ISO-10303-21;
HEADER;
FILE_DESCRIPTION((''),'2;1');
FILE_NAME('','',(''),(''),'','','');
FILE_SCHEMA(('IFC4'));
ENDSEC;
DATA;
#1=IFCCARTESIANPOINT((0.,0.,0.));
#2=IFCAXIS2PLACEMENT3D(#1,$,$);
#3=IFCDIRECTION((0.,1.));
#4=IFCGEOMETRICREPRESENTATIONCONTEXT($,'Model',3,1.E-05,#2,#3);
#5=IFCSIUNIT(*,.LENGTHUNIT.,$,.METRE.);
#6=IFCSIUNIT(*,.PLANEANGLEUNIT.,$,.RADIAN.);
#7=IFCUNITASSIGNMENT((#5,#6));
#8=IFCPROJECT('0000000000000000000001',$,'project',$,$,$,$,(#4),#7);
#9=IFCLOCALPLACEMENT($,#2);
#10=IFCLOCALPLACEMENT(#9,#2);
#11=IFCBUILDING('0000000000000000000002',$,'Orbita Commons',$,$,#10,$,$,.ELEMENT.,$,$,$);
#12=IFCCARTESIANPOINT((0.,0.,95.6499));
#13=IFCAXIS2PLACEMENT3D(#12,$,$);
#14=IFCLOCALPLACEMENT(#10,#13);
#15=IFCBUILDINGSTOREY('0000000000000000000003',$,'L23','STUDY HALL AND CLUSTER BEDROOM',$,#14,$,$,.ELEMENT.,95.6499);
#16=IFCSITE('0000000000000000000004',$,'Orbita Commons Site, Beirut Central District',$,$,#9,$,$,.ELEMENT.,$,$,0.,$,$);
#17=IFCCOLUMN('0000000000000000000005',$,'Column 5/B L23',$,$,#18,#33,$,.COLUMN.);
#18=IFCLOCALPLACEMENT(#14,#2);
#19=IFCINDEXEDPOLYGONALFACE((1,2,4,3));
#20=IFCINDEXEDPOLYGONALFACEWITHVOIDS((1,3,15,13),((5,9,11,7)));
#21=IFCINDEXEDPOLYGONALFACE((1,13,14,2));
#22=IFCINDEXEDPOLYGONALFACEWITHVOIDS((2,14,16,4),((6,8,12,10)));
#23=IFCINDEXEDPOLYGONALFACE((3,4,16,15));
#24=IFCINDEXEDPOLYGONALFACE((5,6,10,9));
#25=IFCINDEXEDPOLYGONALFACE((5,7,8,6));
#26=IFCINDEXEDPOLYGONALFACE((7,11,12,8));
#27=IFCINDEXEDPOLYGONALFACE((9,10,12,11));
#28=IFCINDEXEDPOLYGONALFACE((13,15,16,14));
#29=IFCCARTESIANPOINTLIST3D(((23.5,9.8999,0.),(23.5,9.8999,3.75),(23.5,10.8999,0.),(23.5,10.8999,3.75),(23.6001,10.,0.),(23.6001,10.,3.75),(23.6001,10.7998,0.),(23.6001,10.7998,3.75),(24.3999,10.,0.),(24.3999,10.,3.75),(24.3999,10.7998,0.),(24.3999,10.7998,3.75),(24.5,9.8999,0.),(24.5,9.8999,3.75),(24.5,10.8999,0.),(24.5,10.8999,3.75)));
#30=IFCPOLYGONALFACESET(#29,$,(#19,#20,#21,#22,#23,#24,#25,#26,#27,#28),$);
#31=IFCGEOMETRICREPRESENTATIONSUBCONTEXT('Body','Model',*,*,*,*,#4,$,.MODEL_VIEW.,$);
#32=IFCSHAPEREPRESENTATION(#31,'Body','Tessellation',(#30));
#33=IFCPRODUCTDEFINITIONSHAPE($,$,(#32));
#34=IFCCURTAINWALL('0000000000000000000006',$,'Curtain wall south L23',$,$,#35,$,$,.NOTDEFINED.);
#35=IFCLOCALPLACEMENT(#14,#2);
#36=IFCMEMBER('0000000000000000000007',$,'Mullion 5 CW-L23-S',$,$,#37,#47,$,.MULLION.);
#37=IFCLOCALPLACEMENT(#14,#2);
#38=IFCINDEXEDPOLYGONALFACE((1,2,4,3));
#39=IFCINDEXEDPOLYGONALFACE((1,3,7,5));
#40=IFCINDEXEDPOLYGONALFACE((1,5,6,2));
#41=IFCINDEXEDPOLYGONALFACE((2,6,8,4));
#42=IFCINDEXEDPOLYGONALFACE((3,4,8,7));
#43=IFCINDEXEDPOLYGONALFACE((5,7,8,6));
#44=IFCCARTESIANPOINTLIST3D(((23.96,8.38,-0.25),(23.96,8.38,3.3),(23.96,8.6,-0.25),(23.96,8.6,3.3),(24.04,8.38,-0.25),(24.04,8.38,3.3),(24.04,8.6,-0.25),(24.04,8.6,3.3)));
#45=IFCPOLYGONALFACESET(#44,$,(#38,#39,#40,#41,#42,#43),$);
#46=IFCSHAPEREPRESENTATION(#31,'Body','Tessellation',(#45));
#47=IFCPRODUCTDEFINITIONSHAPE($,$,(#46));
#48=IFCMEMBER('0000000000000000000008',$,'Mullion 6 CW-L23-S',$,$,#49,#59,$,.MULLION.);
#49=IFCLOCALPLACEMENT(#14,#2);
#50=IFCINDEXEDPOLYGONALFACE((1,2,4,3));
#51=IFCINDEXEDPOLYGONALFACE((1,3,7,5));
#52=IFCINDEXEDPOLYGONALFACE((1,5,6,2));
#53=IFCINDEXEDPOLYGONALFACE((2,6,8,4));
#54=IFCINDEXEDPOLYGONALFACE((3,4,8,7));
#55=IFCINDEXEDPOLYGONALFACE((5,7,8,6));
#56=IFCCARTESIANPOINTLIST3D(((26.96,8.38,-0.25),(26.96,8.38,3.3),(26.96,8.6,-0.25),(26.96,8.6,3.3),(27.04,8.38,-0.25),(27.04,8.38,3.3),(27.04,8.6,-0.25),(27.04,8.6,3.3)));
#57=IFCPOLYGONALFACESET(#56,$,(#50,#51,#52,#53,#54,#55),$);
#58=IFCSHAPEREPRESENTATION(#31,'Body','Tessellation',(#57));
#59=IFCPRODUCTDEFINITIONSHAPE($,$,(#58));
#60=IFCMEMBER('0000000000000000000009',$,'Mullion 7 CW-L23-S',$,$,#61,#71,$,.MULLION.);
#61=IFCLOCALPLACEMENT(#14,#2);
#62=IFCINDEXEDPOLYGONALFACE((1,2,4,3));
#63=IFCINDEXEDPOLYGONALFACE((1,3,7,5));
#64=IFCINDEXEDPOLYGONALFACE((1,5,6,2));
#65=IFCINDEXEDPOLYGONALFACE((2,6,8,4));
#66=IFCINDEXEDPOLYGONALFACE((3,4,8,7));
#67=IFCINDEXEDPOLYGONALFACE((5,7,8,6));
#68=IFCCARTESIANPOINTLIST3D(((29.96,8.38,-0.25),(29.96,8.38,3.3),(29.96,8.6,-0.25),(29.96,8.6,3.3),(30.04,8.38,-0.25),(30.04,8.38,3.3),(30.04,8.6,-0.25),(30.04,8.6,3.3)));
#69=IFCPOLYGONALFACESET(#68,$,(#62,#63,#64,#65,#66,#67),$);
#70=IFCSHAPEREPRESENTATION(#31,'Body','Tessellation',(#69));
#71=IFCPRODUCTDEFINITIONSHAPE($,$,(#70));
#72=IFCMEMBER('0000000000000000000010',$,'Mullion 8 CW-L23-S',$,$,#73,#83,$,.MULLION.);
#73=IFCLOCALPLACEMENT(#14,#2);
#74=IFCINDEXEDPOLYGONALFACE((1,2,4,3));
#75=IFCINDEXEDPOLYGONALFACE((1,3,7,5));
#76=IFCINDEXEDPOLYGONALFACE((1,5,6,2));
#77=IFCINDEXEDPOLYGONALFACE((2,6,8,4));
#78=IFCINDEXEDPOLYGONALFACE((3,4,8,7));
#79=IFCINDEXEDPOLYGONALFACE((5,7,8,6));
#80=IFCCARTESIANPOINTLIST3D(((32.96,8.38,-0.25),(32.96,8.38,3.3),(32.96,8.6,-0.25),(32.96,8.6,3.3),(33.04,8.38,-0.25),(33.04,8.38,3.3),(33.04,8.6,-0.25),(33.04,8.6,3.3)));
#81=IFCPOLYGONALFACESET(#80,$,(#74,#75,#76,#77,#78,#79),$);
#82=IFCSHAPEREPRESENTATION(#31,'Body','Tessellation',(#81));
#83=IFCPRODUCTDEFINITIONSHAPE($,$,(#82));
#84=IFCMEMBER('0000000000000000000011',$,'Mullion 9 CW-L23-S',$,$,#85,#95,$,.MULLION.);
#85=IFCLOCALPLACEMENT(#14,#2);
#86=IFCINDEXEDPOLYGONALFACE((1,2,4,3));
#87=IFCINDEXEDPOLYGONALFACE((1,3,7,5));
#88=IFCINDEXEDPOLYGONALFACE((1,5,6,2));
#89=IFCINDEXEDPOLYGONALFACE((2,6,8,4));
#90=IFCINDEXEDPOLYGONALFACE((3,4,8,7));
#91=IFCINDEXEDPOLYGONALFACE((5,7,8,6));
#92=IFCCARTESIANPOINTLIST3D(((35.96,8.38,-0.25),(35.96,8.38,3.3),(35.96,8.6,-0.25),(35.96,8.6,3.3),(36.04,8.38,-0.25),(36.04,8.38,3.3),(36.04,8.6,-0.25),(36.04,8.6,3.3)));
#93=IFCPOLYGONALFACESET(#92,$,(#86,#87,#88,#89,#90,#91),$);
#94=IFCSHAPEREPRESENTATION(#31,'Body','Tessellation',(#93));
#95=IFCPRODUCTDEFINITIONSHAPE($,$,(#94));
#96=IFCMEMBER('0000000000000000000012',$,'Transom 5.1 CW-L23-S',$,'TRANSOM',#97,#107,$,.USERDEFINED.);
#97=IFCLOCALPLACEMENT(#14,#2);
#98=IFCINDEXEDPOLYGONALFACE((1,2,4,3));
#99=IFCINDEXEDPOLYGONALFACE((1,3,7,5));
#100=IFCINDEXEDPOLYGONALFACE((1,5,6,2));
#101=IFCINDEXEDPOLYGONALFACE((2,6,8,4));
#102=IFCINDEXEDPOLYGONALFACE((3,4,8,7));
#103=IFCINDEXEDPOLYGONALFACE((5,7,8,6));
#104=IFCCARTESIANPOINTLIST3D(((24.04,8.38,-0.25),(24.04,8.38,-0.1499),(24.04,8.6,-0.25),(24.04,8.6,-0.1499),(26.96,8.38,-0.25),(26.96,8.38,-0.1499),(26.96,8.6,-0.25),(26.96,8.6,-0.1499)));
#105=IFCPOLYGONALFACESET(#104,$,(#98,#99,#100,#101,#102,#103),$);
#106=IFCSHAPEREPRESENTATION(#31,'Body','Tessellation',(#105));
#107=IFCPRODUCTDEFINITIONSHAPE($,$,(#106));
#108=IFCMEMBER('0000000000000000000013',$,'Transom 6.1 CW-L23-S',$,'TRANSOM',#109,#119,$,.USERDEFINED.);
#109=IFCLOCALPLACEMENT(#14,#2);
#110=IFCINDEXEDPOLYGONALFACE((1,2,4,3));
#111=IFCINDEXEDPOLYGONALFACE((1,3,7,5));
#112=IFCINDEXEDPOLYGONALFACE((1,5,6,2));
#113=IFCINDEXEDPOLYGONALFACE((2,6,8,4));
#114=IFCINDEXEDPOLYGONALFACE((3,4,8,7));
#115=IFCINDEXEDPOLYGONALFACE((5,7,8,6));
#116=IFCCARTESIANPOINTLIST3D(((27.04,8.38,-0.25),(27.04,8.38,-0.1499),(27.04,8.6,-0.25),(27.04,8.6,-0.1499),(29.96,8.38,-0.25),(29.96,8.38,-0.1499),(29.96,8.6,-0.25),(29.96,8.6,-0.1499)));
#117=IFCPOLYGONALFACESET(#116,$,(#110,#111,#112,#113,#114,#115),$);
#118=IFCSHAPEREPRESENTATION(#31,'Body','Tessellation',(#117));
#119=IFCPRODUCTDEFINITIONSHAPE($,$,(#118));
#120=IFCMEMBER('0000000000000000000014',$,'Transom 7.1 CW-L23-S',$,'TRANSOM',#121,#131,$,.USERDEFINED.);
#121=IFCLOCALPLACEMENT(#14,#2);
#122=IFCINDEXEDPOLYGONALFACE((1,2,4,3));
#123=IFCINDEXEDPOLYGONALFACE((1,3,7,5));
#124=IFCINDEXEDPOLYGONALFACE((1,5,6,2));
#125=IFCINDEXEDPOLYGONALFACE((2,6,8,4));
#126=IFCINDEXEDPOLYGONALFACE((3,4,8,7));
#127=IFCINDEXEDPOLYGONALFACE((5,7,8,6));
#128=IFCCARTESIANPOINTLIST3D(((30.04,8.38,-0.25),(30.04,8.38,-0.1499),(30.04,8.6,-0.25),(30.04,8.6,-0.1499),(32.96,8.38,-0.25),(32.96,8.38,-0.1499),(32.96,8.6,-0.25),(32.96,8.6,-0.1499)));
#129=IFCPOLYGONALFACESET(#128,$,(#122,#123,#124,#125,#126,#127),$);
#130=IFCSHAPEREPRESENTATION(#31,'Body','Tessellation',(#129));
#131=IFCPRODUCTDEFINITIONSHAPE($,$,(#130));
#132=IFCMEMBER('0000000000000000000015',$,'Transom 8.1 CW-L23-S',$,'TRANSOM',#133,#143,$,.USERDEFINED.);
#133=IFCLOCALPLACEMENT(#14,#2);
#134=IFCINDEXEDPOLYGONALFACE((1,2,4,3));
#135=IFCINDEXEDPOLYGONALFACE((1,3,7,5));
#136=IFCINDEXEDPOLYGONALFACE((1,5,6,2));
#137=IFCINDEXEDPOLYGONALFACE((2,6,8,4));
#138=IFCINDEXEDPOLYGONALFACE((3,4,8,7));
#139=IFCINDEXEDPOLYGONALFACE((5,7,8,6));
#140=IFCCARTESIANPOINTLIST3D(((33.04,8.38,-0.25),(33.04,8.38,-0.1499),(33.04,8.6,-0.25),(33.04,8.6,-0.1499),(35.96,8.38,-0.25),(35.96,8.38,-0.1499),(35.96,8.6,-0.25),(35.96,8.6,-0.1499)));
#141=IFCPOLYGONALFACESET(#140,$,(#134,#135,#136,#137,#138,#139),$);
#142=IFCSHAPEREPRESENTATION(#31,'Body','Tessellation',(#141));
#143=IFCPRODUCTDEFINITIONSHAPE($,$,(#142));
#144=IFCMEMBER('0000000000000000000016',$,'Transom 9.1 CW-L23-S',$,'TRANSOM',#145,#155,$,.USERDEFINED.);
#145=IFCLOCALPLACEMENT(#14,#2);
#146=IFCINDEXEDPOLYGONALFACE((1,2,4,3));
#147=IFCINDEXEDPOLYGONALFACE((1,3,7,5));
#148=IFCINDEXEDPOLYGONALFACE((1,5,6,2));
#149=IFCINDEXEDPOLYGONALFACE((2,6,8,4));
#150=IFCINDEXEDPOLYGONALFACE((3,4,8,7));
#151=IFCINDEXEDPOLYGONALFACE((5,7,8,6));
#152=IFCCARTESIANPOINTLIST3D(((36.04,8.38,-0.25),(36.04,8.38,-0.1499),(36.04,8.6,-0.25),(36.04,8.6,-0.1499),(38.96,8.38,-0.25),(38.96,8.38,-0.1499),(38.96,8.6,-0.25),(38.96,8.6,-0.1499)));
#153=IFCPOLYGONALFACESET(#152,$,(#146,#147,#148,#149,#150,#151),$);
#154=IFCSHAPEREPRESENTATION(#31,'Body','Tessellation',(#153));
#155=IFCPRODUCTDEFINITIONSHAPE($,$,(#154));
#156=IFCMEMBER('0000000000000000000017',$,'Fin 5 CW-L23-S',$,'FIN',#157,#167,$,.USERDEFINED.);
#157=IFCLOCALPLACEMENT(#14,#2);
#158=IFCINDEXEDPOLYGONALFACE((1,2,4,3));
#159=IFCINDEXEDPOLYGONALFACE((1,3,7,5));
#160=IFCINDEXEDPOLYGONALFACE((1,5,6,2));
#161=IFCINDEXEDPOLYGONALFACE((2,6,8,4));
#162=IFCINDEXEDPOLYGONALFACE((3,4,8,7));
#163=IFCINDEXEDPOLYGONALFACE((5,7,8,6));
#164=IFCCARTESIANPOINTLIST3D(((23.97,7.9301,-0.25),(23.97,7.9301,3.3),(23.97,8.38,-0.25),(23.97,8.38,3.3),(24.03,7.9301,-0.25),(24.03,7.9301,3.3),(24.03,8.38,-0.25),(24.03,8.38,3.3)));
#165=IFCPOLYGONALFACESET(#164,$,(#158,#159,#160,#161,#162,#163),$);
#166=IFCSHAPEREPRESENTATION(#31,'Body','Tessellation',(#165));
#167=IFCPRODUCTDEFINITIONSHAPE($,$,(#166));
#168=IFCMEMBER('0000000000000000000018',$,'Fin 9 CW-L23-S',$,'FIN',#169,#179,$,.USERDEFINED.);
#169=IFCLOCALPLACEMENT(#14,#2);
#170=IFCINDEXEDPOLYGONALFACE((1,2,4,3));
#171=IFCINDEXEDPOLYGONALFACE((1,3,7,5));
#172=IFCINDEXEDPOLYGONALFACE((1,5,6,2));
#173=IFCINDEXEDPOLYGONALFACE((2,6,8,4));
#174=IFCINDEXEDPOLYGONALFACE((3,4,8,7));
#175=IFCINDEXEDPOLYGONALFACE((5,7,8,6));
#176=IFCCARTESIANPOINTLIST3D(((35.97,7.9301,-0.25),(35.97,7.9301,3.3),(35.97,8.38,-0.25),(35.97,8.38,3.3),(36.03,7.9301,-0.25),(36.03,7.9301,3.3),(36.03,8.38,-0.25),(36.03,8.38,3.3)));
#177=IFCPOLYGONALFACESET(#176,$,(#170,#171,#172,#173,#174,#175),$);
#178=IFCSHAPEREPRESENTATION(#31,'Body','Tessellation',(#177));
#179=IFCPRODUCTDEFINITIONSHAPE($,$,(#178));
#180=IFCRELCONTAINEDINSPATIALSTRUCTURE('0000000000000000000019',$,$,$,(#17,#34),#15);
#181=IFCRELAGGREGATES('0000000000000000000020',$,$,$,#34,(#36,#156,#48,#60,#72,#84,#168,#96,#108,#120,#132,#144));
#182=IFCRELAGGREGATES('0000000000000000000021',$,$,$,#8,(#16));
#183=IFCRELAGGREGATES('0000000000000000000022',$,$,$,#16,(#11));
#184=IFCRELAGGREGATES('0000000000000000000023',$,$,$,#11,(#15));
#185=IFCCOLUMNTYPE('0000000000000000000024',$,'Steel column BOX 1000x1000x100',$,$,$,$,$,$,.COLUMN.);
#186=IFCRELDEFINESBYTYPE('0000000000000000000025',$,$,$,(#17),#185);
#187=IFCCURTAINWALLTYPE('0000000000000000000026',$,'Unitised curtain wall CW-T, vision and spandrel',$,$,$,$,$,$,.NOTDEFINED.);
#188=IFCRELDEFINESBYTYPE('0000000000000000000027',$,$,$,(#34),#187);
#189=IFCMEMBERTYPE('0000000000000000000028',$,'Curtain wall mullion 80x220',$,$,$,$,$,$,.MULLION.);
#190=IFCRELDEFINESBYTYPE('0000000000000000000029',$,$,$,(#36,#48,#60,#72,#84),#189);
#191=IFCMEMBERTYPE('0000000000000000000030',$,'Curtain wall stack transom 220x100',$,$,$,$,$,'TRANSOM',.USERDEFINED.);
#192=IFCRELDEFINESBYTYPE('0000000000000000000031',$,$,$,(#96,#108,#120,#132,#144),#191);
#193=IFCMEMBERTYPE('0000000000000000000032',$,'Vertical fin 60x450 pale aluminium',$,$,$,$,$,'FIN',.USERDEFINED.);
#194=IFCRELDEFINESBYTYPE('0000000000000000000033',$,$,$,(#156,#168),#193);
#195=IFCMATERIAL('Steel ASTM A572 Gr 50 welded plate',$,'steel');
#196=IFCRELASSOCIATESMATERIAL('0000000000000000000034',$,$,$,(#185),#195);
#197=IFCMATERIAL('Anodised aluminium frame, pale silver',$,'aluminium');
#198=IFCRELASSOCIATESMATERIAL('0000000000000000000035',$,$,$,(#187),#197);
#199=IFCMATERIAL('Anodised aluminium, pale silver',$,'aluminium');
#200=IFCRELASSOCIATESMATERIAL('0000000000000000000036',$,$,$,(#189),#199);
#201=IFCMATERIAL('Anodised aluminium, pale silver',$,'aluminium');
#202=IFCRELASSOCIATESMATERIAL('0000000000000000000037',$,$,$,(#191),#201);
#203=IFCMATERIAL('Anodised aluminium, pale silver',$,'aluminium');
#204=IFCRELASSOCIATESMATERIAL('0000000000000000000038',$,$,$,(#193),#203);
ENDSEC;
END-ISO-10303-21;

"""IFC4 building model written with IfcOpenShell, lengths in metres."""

from ifc_helpers import new_model, si_unit, direction, frame, origin, origin_2d, place, context, subcontext, project, spatial, rectangle, hollow_rectangle, extrude, material, material_profile, profile_set, type_object, element, aggregate, save


model = new_model("IFC4")

# Units and contexts
model_context = context("Model", 3, precision=1e-05, world=origin(), true_north=direction((0.0, 1.0)))
body_context = subcontext(model_context, "Body", "Model", "MODEL_VIEW")
ifc_project = project(units=[si_unit("LENGTHUNIT", "METRE"), si_unit("PLANEANGLEUNIT", "RADIAN")], contexts=[model_context])

# Site, building, storey
site_placement = place(None, origin())
site = spatial("IfcSite", under=ifc_project, at=site_placement, Name="Orbita Commons Site, Beirut Central District", CompositionType="ELEMENT", RefElevation=0.0)
building_placement = place(site_placement, origin())
building = spatial("IfcBuilding", under=site, at=building_placement, Name="Orbita Commons", CompositionType="ELEMENT")
storey_placement = place(building_placement, frame((0.0, 0.0, 95.6499)))
storey = spatial("IfcBuildingStorey", under=building, at=storey_placement, Name="L23", Description="STUDY HALL AND CLUSTER BEDROOM", CompositionType="ELEMENT", Elevation=95.6499)

# Column
ifc_material_1 = material(Name="Steel ASTM A572 Gr 50 welded plate", Category="steel")
ifc_material_profile_1 = material_profile(ifc_material_1, hollow_rectangle(XDim=1.0, YDim=1.0, WallThickness=0.1001, at=origin_2d()), Name="BOX 1000x1000x100")
ifc_profile_set_1 = profile_set([ifc_material_profile_1], Name="Steel ASTM A572 Gr 50 welded plate")
column_type = type_object("IfcColumnType", Name="Steel column BOX 1000x1000x100", PredefinedType="COLUMN", material=ifc_profile_set_1)
column_placement = place(storey_placement, frame((24.0, 10.3999, 0.0), z_axis=(0.0, 0.0, 1.0), x_axis=(1.0, 0.0, 0.0)))
element("IfcColumn", 1, at=column_placement, inside=storey, type_object=column_type, Name="Column 5/B L23", PredefinedType="COLUMN", context=body_context, shape_type="SweptSolid", body=[
    extrude(hollow_rectangle(XDim=1.0, YDim=1.0, WallThickness=0.1001, at=origin_2d()), origin(), (0.0, 0.0, 1.0), 3.75),
])

# Curtain wall, members
ifc_material_2 = material(Name="Anodised aluminium frame, pale silver", Category="aluminium")
curtain_wall_type = type_object("IfcCurtainWallType", Name="Unitised curtain wall CW-T, vision and spandrel", PredefinedType="NOTDEFINED", material=ifc_material_2)
curtain_wall_placement = place(storey_placement, origin())
curtain_wall = element("IfcCurtainWall", 2, at=curtain_wall_placement, inside=storey, type_object=curtain_wall_type, Name="Curtain wall south L23", PredefinedType="NOTDEFINED")
ifc_material_3 = material(Name="Anodised aluminium, pale silver", Category="aluminium")
ifc_material_profile_2 = material_profile(ifc_material_3, rectangle(XDim=0.0801, YDim=0.22, at=origin_2d()), Name="AL 80x220")
ifc_profile_set_2 = profile_set([ifc_material_profile_2], Name="Anodised aluminium, pale silver")
member_type_1 = type_object("IfcMemberType", Name="Curtain wall mullion 80x220", PredefinedType="MULLION", material=ifc_profile_set_2)
member_1_placement = place(storey_placement, frame((24.0, 8.49, -0.25), z_axis=(0.0, 0.0, 1.0), x_axis=(1.0, 0.0, 0.0)))
member_1 = element("IfcMember", 3, at=member_1_placement, type_object=member_type_1, Name="Mullion 5 CW-L23-S", PredefinedType="MULLION", context=body_context, shape_type="SweptSolid", body=[
    extrude(rectangle(XDim=0.0801, YDim=0.22, at=origin_2d()), origin(), (0.0, 0.0, 1.0), 3.55),
])
member_2_placement = place(storey_placement, frame((27.0, 8.49, -0.25), z_axis=(0.0, 0.0, 1.0), x_axis=(1.0, 0.0, 0.0)))
member_2 = element("IfcMember", 4, at=member_2_placement, type_object=member_type_1, Name="Mullion 6 CW-L23-S", PredefinedType="MULLION", context=body_context, shape_type="SweptSolid", body=[
    extrude(rectangle(XDim=0.0801, YDim=0.22, at=origin_2d()), origin(), (0.0, 0.0, 1.0), 3.55),
])
member_3_placement = place(storey_placement, frame((30.0, 8.49, -0.25), z_axis=(0.0, 0.0, 1.0), x_axis=(1.0, 0.0, 0.0)))
member_3 = element("IfcMember", 5, at=member_3_placement, type_object=member_type_1, Name="Mullion 7 CW-L23-S", PredefinedType="MULLION", context=body_context, shape_type="SweptSolid", body=[
    extrude(rectangle(XDim=0.0801, YDim=0.22, at=origin_2d()), origin(), (0.0, 0.0, 1.0), 3.55),
])
member_4_placement = place(storey_placement, frame((33.0, 8.49, -0.25), z_axis=(0.0, 0.0, 1.0), x_axis=(1.0, 0.0, 0.0)))
member_4 = element("IfcMember", 6, at=member_4_placement, type_object=member_type_1, Name="Mullion 8 CW-L23-S", PredefinedType="MULLION", context=body_context, shape_type="SweptSolid", body=[
    extrude(rectangle(XDim=0.0801, YDim=0.22, at=origin_2d()), origin(), (0.0, 0.0, 1.0), 3.55),
])
member_5_placement = place(storey_placement, frame((36.0, 8.49, -0.25), z_axis=(0.0, 0.0, 1.0), x_axis=(1.0, 0.0, 0.0)))
member_5 = element("IfcMember", 7, at=member_5_placement, type_object=member_type_1, Name="Mullion 9 CW-L23-S", PredefinedType="MULLION", context=body_context, shape_type="SweptSolid", body=[
    extrude(rectangle(XDim=0.0801, YDim=0.22, at=origin_2d()), origin(), (0.0, 0.0, 1.0), 3.55),
])
ifc_material_4 = material(Name="Anodised aluminium, pale silver", Category="aluminium")
ifc_material_profile_3 = material_profile(ifc_material_4, rectangle(XDim=0.22, YDim=0.1001, at=origin_2d()), Name="AL 220x100")
ifc_profile_set_3 = profile_set([ifc_material_profile_3], Name="Anodised aluminium, pale silver")
member_type_2 = type_object("IfcMemberType", Name="Curtain wall stack transom 220x100", ElementType="TRANSOM", PredefinedType="USERDEFINED", material=ifc_profile_set_3)
member_6_placement = place(storey_placement, frame((24.04, 8.49, -0.2), z_axis=(1.0, 0.0, 0.0), x_axis=(0.0, 1.0, 0.0)))
member_6 = element("IfcMember", 8, at=member_6_placement, type_object=member_type_2, Name="Transom 5.1 CW-L23-S", ObjectType="TRANSOM", PredefinedType="USERDEFINED", context=body_context, shape_type="SweptSolid", body=[
    extrude(rectangle(XDim=0.22, YDim=0.1001, at=origin_2d()), origin(), (0.0, 0.0, 1.0), 2.9199),
])
member_7_placement = place(storey_placement, frame((27.04, 8.49, -0.2), z_axis=(1.0, 0.0, 0.0), x_axis=(0.0, 1.0, 0.0)))
member_7 = element("IfcMember", 9, at=member_7_placement, type_object=member_type_2, Name="Transom 6.1 CW-L23-S", ObjectType="TRANSOM", PredefinedType="USERDEFINED", context=body_context, shape_type="SweptSolid", body=[
    extrude(rectangle(XDim=0.22, YDim=0.1001, at=origin_2d()), origin(), (0.0, 0.0, 1.0), 2.9199),
])
member_8_placement = place(storey_placement, frame((30.04, 8.49, -0.2), z_axis=(1.0, 0.0, 0.0), x_axis=(0.0, 1.0, 0.0)))
member_8 = element("IfcMember", 10, at=member_8_placement, type_object=member_type_2, Name="Transom 7.1 CW-L23-S", ObjectType="TRANSOM", PredefinedType="USERDEFINED", context=body_context, shape_type="SweptSolid", body=[
    extrude(rectangle(XDim=0.22, YDim=0.1001, at=origin_2d()), origin(), (0.0, 0.0, 1.0), 2.9199),
])
member_9_placement = place(storey_placement, frame((33.04, 8.49, -0.2), z_axis=(1.0, 0.0, 0.0), x_axis=(0.0, 1.0, 0.0)))
member_9 = element("IfcMember", 11, at=member_9_placement, type_object=member_type_2, Name="Transom 8.1 CW-L23-S", ObjectType="TRANSOM", PredefinedType="USERDEFINED", context=body_context, shape_type="SweptSolid", body=[
    extrude(rectangle(XDim=0.22, YDim=0.1001, at=origin_2d()), origin(), (0.0, 0.0, 1.0), 2.9199),
])
member_10_placement = place(storey_placement, frame((36.04, 8.49, -0.2), z_axis=(1.0, 0.0, 0.0), x_axis=(0.0, 1.0, 0.0)))
member_10 = element("IfcMember", 12, at=member_10_placement, type_object=member_type_2, Name="Transom 9.1 CW-L23-S", ObjectType="TRANSOM", PredefinedType="USERDEFINED", context=body_context, shape_type="SweptSolid", body=[
    extrude(rectangle(XDim=0.22, YDim=0.1001, at=origin_2d()), origin(), (0.0, 0.0, 1.0), 2.9199),
])
ifc_material_5 = material(Name="Anodised aluminium, pale silver", Category="aluminium")
ifc_material_profile_4 = material_profile(ifc_material_5, rectangle(XDim=0.0601, YDim=0.45, at=origin_2d()), Name="FIN 60x450")
ifc_profile_set_4 = profile_set([ifc_material_profile_4], Name="Anodised aluminium, pale silver")
member_type_3 = type_object("IfcMemberType", Name="Vertical fin 60x450 pale aluminium", ElementType="FIN", PredefinedType="USERDEFINED", material=ifc_profile_set_4)
member_11_placement = place(storey_placement, frame((24.0, 8.155, -0.25), z_axis=(0.0, 0.0, 1.0), x_axis=(1.0, 0.0, 0.0)))
member_11 = element("IfcMember", 13, at=member_11_placement, type_object=member_type_3, Name="Fin 5 CW-L23-S", ObjectType="FIN", PredefinedType="USERDEFINED", context=body_context, shape_type="SweptSolid", body=[
    extrude(rectangle(XDim=0.0601, YDim=0.45, at=origin_2d()), origin(), (0.0, 0.0, 1.0), 3.55),
])
member_12_placement = place(storey_placement, frame((36.0, 8.155, -0.25), z_axis=(0.0, 0.0, 1.0), x_axis=(1.0, 0.0, 0.0)))
member_12 = element("IfcMember", 14, at=member_12_placement, type_object=member_type_3, Name="Fin 9 CW-L23-S", ObjectType="FIN", PredefinedType="USERDEFINED", context=body_context, shape_type="SweptSolid", body=[
    extrude(rectangle(XDim=0.0601, YDim=0.45, at=origin_2d()), origin(), (0.0, 0.0, 1.0), 3.55),
])
aggregate(curtain_wall, [member_1, member_11, member_2, member_3, member_4, member_5, member_12, member_6, member_7, member_8, member_9, member_10])

save(model, "model.ifc")
